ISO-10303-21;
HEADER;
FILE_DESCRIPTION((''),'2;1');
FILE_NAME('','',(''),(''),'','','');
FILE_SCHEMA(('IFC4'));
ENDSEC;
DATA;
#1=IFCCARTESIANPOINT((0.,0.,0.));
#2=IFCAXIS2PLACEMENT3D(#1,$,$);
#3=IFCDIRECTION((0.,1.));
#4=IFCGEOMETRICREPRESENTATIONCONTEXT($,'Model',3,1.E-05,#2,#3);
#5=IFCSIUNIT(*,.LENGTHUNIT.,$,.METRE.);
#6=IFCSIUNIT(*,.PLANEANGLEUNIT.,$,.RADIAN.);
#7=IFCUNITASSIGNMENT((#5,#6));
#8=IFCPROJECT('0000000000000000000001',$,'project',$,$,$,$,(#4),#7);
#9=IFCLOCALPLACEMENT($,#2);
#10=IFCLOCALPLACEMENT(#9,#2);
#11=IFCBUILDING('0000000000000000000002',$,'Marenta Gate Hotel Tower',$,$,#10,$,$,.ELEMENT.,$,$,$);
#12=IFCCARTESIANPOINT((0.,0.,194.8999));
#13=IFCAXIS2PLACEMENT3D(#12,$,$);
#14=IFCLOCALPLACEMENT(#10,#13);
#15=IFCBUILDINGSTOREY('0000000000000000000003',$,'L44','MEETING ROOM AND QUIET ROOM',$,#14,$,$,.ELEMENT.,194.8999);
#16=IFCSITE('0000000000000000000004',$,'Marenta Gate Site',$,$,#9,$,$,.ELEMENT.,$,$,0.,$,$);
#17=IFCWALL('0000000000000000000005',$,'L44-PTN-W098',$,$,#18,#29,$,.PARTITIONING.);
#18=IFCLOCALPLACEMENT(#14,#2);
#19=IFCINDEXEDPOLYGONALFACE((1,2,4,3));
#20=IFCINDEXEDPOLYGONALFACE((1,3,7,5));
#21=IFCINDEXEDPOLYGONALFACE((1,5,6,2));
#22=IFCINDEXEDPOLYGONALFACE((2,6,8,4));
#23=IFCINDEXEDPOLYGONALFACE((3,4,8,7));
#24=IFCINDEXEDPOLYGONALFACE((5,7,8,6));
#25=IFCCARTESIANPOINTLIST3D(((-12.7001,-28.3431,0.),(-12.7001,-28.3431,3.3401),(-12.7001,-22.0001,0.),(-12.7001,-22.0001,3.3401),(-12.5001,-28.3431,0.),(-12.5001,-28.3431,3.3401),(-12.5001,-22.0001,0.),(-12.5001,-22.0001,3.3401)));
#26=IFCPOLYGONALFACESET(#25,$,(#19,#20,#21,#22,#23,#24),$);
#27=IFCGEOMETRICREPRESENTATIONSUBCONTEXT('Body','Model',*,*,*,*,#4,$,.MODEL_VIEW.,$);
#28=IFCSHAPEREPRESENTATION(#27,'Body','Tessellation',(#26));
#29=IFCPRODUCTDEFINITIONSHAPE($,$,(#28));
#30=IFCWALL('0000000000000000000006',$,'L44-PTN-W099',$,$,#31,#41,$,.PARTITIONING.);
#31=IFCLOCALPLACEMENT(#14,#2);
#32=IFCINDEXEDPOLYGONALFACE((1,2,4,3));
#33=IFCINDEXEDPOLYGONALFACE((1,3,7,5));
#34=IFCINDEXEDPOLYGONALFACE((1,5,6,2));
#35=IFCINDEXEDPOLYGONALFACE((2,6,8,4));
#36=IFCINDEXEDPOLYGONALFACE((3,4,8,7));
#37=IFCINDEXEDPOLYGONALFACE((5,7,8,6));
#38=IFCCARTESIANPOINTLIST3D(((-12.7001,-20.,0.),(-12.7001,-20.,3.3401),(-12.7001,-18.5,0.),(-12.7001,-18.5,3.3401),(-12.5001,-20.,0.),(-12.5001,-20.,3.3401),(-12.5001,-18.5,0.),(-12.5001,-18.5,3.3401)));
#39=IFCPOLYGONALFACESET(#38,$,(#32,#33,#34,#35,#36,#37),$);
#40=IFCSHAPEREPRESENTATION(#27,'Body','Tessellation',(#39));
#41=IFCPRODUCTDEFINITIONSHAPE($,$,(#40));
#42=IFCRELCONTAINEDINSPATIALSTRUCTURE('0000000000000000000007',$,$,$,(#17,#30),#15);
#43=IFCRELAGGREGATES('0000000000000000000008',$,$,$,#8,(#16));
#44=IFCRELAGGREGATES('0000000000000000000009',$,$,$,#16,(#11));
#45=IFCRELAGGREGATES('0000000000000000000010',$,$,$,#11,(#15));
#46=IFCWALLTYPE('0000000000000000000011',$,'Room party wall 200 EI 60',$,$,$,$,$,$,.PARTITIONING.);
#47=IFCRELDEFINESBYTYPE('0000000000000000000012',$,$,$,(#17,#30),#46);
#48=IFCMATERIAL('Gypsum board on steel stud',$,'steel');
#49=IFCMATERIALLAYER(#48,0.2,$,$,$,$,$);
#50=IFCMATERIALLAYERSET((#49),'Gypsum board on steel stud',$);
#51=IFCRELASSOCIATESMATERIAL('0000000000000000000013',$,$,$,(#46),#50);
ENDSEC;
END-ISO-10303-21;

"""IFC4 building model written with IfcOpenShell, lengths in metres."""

from ifc_helpers import new_model, si_unit, direction, frame, frame_2d, origin, place, context, subcontext, project, spatial, rectangle, extrude, material, layer, layer_set, type_object, element, save


model = new_model("IFC4")

# Units and contexts
model_context = context("Model", 3, precision=1e-05, world=origin(), true_north=direction((0.0, 1.0)))
body_context = subcontext(model_context, "Body", "Model", "MODEL_VIEW")
ifc_project = project(units=[si_unit("LENGTHUNIT", "METRE"), si_unit("PLANEANGLEUNIT", "RADIAN")], contexts=[model_context])

# Site, building, storey
site_placement = place(None, origin())
site = spatial("IfcSite", under=ifc_project, at=site_placement, Name="Marenta Gate Site", CompositionType="ELEMENT", RefElevation=0.0)
building_placement = place(site_placement, origin())
building = spatial("IfcBuilding", under=site, at=building_placement, Name="Marenta Gate Hotel Tower", CompositionType="ELEMENT")
storey_placement = place(building_placement, frame((0.0, 0.0, 194.8999)))
storey = spatial("IfcBuildingStorey", under=building, at=storey_placement, Name="L44", Description="MEETING ROOM AND QUIET ROOM", CompositionType="ELEMENT", Elevation=194.8999)

# Walls
ifc_material_1 = material(Name="Gypsum board on steel stud", Category="steel")
ifc_layer_1 = layer(ifc_material_1, 0.2)
ifc_layer_set_1 = layer_set([ifc_layer_1], Name="Gypsum board on steel stud")
wall_type_1 = type_object("IfcWallType", Name="Room party wall 200 EI 60", PredefinedType="PARTITIONING", material=ifc_layer_set_1)
wall_1_placement = place(storey_placement, frame((-12.6001, -28.343, 0.0), z_axis=(0.0, 0.0, 1.0), x_axis=(0.0, 1.0, 0.0)))
element("IfcWall", 1, at=wall_1_placement, inside=storey, type_object=wall_type_1, Name="L44-PTN-W098", PredefinedType="PARTITIONING", context=body_context, shape_type="SweptSolid", body=[
    extrude(rectangle(XDim=6.343, YDim=0.2, at=frame_2d((3.1714, 0.0))), origin(), (0.0, 0.0, 1.0), 3.3401),
])
wall_2_placement = place(storey_placement, frame((-12.6001, -20.0, 0.0), z_axis=(0.0, 0.0, 1.0), x_axis=(0.0, 1.0, 0.0)))
element("IfcWall", 2, at=wall_2_placement, inside=storey, type_object=wall_type_1, Name="L44-PTN-W099", PredefinedType="PARTITIONING", context=body_context, shape_type="SweptSolid", body=[
    extrude(rectangle(XDim=1.5, YDim=0.2, at=frame_2d((0.75, 0.0))), origin(), (0.0, 0.0, 1.0), 3.3401),
])

save(model, "model.ifc")
